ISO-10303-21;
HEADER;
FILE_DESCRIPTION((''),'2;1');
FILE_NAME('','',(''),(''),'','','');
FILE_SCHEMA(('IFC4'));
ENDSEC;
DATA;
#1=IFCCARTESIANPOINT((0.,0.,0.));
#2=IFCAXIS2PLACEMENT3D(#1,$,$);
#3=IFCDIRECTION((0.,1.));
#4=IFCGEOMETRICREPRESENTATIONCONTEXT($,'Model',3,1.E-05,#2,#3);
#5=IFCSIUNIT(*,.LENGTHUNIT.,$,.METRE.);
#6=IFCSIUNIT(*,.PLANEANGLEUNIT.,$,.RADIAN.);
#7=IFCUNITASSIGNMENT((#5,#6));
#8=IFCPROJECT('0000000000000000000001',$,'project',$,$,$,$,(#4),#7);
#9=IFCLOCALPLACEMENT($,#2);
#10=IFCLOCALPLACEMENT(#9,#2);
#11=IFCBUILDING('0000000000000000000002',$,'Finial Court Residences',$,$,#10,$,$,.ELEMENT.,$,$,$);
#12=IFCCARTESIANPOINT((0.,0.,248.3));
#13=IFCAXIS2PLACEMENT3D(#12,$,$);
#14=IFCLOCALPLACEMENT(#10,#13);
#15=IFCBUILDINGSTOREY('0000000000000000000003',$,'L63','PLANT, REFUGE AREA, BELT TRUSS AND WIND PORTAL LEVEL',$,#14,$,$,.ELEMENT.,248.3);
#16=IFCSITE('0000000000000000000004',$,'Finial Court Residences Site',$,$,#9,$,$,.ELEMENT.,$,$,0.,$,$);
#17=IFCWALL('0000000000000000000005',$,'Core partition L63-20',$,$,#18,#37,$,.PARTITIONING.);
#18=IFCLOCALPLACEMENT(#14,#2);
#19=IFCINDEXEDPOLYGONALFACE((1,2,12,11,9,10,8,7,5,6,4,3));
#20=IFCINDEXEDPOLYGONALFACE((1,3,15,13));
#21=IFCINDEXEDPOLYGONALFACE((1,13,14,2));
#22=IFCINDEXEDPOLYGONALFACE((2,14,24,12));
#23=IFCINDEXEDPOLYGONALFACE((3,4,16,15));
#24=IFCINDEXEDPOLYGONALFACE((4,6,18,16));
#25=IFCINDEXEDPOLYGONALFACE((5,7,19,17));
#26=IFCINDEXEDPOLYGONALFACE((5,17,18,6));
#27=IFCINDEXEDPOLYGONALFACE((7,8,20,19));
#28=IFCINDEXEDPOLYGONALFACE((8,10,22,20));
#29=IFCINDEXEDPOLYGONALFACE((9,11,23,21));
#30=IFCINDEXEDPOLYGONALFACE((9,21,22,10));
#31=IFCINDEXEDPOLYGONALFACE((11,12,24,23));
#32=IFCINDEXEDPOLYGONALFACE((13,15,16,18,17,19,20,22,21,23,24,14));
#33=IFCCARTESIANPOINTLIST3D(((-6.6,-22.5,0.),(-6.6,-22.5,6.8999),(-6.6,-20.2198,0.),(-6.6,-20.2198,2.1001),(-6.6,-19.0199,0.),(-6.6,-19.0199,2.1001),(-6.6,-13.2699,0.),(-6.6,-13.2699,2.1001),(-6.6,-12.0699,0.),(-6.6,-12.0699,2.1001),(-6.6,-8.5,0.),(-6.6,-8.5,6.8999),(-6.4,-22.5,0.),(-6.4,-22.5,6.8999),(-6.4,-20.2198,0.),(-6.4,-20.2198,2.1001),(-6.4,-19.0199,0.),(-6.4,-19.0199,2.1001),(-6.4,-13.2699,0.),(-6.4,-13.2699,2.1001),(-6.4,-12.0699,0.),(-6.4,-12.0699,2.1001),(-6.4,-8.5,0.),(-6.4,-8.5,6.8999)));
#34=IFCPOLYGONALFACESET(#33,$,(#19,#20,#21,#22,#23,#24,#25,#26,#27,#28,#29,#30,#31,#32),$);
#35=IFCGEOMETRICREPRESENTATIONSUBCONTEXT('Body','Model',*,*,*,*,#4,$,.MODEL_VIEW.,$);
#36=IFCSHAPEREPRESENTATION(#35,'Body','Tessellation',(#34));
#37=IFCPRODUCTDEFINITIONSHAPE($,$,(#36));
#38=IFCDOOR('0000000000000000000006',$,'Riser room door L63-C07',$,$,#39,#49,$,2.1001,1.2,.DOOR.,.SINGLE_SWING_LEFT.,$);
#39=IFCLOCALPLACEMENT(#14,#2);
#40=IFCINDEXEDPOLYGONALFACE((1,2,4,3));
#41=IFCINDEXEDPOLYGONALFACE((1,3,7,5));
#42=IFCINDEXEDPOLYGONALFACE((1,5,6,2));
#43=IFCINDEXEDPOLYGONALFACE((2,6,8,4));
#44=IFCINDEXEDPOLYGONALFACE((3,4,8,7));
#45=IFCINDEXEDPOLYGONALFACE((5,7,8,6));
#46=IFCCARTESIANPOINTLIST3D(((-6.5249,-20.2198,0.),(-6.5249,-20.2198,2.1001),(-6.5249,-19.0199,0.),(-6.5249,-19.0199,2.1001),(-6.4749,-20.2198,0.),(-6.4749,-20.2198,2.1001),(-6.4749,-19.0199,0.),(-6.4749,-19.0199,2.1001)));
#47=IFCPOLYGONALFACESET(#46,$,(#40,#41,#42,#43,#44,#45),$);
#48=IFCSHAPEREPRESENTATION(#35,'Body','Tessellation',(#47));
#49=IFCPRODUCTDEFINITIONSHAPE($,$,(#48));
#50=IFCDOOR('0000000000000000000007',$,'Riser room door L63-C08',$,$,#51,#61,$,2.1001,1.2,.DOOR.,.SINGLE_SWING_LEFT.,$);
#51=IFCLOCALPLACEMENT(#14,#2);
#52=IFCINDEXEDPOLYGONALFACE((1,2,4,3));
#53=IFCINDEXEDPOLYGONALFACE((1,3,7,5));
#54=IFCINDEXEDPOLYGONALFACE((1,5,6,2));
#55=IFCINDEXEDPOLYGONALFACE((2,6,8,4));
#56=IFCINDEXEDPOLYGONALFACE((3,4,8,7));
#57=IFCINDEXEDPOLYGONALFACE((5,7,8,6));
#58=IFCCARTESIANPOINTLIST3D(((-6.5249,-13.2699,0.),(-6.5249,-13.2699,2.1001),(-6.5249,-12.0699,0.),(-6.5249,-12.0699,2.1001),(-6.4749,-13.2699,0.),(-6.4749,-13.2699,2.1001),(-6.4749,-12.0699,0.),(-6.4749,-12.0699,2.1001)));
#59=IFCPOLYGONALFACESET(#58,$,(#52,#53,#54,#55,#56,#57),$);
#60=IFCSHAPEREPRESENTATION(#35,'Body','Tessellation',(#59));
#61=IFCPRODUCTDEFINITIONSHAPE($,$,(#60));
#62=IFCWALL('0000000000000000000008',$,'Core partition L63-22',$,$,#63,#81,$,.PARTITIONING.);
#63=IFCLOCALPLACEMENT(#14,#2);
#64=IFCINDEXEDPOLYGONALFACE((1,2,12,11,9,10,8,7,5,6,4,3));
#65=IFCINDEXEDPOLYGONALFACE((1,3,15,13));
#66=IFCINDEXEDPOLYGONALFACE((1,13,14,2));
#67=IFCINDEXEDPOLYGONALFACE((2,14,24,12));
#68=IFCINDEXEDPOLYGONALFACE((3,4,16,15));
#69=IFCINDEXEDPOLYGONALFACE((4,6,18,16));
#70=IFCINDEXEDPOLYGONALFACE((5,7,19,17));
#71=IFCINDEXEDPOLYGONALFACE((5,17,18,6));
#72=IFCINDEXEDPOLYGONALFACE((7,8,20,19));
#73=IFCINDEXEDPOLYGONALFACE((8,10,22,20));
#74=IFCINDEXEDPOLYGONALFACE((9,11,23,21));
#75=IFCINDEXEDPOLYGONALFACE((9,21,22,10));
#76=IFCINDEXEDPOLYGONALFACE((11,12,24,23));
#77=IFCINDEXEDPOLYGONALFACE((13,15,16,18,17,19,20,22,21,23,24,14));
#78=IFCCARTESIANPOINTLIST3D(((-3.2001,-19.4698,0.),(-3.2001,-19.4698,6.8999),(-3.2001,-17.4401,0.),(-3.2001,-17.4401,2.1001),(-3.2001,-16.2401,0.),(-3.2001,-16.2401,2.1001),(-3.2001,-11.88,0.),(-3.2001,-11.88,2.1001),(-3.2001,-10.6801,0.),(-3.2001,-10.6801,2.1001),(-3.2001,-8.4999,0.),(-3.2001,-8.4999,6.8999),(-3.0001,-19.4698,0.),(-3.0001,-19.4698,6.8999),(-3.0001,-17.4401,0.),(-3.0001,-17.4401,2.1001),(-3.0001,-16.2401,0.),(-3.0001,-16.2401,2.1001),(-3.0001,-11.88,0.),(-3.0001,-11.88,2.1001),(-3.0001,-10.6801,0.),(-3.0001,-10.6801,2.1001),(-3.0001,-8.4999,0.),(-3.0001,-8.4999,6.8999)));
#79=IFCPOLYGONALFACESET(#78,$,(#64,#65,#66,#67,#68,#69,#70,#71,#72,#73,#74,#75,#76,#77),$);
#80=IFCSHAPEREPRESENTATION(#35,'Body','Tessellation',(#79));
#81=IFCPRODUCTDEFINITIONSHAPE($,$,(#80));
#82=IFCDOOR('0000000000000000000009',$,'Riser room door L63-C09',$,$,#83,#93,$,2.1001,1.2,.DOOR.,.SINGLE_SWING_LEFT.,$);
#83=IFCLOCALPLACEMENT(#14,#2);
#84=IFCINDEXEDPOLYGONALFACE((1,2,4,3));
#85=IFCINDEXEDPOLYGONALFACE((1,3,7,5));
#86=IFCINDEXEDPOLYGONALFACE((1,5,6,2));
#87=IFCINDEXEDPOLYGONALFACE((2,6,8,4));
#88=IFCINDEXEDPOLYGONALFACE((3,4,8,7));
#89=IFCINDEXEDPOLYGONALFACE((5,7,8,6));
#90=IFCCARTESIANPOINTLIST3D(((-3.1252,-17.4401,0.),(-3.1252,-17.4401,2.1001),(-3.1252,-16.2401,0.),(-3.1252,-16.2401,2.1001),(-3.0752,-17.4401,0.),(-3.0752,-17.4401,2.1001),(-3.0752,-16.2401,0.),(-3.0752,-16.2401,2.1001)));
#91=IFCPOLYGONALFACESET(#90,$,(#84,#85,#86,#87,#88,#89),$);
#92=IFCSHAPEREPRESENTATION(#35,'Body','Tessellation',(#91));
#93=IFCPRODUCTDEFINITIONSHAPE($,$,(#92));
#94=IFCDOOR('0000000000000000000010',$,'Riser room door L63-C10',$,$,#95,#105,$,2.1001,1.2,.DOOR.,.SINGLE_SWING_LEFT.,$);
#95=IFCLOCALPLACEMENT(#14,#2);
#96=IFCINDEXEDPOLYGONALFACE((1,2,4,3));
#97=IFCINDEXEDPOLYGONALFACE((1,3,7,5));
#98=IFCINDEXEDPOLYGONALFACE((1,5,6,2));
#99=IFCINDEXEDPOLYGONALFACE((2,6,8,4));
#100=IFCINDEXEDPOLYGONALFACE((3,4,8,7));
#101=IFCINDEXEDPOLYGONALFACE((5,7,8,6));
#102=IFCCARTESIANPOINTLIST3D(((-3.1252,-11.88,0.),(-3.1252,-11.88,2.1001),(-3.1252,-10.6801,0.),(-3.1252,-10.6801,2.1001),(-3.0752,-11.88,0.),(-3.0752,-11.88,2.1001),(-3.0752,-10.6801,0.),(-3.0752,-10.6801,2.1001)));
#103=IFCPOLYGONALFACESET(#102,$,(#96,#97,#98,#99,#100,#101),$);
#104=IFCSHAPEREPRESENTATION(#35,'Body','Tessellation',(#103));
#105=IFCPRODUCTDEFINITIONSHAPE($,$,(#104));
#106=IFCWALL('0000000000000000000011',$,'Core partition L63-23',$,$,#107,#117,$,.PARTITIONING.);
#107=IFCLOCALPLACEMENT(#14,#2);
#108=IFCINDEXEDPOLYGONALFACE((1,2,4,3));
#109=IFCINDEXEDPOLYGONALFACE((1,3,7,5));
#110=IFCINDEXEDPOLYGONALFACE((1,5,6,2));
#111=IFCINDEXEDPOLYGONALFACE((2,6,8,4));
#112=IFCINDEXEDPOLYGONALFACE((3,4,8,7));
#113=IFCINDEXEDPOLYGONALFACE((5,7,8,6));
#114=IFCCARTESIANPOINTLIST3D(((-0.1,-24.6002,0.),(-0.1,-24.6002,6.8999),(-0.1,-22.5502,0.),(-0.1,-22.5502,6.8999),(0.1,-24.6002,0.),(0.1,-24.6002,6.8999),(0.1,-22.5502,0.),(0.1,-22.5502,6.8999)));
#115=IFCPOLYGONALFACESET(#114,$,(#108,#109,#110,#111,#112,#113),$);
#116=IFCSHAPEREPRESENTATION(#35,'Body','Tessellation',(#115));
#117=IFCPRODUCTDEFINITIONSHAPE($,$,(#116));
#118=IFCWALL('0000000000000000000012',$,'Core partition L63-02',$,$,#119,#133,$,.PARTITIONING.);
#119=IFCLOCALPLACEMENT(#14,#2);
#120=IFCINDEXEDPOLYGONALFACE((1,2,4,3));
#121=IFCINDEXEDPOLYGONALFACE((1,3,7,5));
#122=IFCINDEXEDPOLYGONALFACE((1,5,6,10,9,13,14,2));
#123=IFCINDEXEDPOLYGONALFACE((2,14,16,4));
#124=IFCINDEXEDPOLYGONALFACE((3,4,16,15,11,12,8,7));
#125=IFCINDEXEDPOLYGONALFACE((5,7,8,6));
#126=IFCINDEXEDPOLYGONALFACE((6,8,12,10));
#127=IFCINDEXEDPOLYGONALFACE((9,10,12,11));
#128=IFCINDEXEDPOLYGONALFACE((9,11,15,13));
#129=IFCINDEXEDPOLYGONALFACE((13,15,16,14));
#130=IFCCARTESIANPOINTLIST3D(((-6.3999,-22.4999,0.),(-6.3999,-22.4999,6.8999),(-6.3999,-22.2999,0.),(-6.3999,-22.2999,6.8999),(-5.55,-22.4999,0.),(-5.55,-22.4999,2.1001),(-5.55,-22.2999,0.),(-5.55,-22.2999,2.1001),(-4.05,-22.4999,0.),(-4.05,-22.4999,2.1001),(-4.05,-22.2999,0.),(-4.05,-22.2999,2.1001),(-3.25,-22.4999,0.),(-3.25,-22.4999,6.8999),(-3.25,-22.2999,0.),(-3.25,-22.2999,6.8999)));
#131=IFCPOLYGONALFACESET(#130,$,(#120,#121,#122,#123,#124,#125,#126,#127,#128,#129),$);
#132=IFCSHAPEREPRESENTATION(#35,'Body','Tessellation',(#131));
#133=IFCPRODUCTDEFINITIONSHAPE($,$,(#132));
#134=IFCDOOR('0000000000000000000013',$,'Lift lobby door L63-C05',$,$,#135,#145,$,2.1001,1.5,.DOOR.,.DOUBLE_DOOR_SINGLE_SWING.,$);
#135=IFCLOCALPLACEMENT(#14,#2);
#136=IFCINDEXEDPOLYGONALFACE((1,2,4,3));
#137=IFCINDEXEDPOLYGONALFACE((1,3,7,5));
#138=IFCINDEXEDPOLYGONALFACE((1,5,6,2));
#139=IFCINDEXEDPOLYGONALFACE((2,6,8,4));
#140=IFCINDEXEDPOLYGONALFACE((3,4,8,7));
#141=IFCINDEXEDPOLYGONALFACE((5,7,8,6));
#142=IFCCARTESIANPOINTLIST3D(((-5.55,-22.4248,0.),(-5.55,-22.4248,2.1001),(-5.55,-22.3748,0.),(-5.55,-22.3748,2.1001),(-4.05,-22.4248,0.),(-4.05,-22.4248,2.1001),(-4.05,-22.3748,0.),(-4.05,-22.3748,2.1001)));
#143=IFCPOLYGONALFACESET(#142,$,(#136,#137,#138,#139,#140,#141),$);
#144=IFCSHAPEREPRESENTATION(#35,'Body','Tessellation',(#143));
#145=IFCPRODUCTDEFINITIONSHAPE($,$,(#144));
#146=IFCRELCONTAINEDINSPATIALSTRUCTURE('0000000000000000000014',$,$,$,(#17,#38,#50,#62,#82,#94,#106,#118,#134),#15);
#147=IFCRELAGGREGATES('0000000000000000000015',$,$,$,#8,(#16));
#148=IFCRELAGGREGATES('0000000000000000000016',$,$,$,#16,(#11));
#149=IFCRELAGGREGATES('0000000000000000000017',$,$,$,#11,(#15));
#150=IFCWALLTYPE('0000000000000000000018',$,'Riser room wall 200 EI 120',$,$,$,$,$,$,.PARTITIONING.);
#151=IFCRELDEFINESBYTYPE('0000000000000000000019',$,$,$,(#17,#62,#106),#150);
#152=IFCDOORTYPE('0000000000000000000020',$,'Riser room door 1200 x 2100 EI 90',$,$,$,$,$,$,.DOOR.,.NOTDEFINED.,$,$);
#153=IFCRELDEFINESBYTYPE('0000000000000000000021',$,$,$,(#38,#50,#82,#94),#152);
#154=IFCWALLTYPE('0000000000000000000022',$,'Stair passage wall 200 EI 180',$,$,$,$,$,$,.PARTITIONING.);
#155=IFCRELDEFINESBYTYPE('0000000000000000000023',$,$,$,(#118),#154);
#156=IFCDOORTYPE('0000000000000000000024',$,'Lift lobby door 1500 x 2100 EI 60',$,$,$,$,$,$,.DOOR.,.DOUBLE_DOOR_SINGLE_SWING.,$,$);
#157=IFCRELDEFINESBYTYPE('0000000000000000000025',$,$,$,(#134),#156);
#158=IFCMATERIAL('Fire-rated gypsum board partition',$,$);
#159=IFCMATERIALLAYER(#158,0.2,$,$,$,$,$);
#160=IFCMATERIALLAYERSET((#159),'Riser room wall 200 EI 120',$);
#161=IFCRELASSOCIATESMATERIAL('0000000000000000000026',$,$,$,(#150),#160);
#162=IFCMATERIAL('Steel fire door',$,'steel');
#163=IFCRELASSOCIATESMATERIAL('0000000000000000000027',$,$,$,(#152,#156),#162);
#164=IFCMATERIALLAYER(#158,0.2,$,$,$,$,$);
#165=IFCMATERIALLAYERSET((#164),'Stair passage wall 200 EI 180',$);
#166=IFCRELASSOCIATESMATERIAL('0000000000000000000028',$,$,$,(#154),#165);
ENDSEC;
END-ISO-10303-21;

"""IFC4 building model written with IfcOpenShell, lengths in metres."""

from ifc_helpers import new_model, si_unit, direction, frame, frame_2d, origin, place, context, subcontext, project, spatial, rectangle, extrude, material, layer, layer_set, type_object, element, fill, save


model = new_model("IFC4")

# Units and contexts
model_context = context("Model", 3, precision=1e-05, world=origin(), true_north=direction((0.0, 1.0)))
body_context = subcontext(model_context, "Body", "Model", "MODEL_VIEW")
ifc_project = project(units=[si_unit("LENGTHUNIT", "METRE"), si_unit("PLANEANGLEUNIT", "RADIAN")], contexts=[model_context])

# Site, building, storey
site_placement = place(None, origin())
site = spatial("IfcSite", under=ifc_project, at=site_placement, Name="Finial Court Residences Site", CompositionType="ELEMENT", RefElevation=0.0)
building_placement = place(site_placement, origin())
building = spatial("IfcBuilding", under=site, at=building_placement, Name="Finial Court Residences", CompositionType="ELEMENT")
storey_placement = place(building_placement, frame((0.0, 0.0, 248.3)))
storey = spatial("IfcBuildingStorey", under=building, at=storey_placement, Name="L63", Description="PLANT, REFUGE AREA, BELT TRUSS AND WIND PORTAL LEVEL", CompositionType="ELEMENT", Elevation=248.3)

# Shared definitions
ifc_material_1 = material(Name="Steel fire door", Category="steel")

# Shared definitions
ifc_material_2 = material(Name="Fire-rated gypsum board partition")
ifc_layer_1 = layer(ifc_material_2, 0.2)
ifc_layer_set_1 = layer_set([ifc_layer_1], Name="Riser room wall 200 EI 120")
wall_type_1 = type_object("IfcWallType", Name="Riser room wall 200 EI 120", PredefinedType="PARTITIONING", material=ifc_layer_set_1)

# Walls, openings, doors
wall_1_placement = place(storey_placement, frame((-6.5, -22.5, 0.0), z_axis=(0.0, 0.0, 1.0), x_axis=(0.0, 1.0, 0.0)))
wall_1 = element("IfcWall", 1, at=wall_1_placement, inside=storey, type_object=wall_type_1, Name="Core partition L63-20", PredefinedType="PARTITIONING", context=body_context, shape_type="SweptSolid", body=[
    extrude(rectangle(XDim=14.0, YDim=0.2, at=frame_2d((7.0, 0.0))), origin(), (0.0, 0.0, 1.0), 6.8999),
])
opening_1_placement = place(wall_1_placement, frame((2.28, 0.0, 0.0)))
opening_1 = element("IfcOpeningElement", 2, at=opening_1_placement, cuts=wall_1, PredefinedType="OPENING", context=body_context, shape_type="SweptSolid", body=[
    extrude(rectangle(XDim=1.2, YDim=2.1001, at=frame_2d((0.6001, 1.05))), frame((0.0, 0.1099, 0.0), z_axis=(0.0, -1.0, 0.0), x_axis=(1.0, 0.0, 0.0)), (0.0, 0.0, 1.0), 0.22),
])
opening_2_placement = place(wall_1_placement, frame((9.23, 0.0, 0.0)))
opening_2 = element("IfcOpeningElement", 3, at=opening_2_placement, cuts=wall_1, PredefinedType="OPENING", context=body_context, shape_type="SweptSolid", body=[
    extrude(rectangle(XDim=1.2, YDim=2.1001, at=frame_2d((0.6001, 1.05))), frame((0.0, 0.1099, 0.0), z_axis=(0.0, -1.0, 0.0), x_axis=(1.0, 0.0, 0.0)), (0.0, 0.0, 1.0), 0.22),
])
door_type_1 = type_object("IfcDoorType", Name="Riser room door 1200 x 2100 EI 90", OperationType="NOTDEFINED", PredefinedType="DOOR", material=ifc_material_1)
door_1_placement = place(opening_1_placement, origin())
door_1 = element("IfcDoor", 4, at=door_1_placement, inside=storey, type_object=door_type_1, Name="Riser room door L63-C07", OperationType="SINGLE_SWING_LEFT", OverallHeight=2.1001, OverallWidth=1.2, PredefinedType="DOOR", context=body_context, shape_type="SweptSolid", body=[
    extrude(rectangle(XDim=1.2, YDim=2.1001, at=frame_2d((0.6001, 1.05))), frame((0.0, 0.0249, 0.0), z_axis=(0.0, -1.0, 0.0), x_axis=(1.0, 0.0, 0.0)), (0.0, 0.0, 1.0), 0.05),
])
fill(opening_1, door_1)
door_2_placement = place(opening_2_placement, origin())
door_2 = element("IfcDoor", 5, at=door_2_placement, inside=storey, type_object=door_type_1, Name="Riser room door L63-C08", OperationType="SINGLE_SWING_LEFT", OverallHeight=2.1001, OverallWidth=1.2, PredefinedType="DOOR", context=body_context, shape_type="SweptSolid", body=[
    extrude(rectangle(XDim=1.2, YDim=2.1001, at=frame_2d((0.6001, 1.05))), frame((0.0, 0.0249, 0.0), z_axis=(0.0, -1.0, 0.0), x_axis=(1.0, 0.0, 0.0)), (0.0, 0.0, 1.0), 0.05),
])
fill(opening_2, door_2)
wall_2_placement = place(storey_placement, frame((-3.1001, -8.5, 0.0), z_axis=(0.0, 0.0, 1.0), x_axis=(0.0, -1.0, 0.0)))
wall_2 = element("IfcWall", 6, at=wall_2_placement, inside=storey, type_object=wall_type_1, Name="Core partition L63-22", PredefinedType="PARTITIONING", context=body_context, shape_type="SweptSolid", body=[
    extrude(rectangle(XDim=10.97, YDim=0.2, at=frame_2d((5.4849, 0.0))), origin(), (0.0, 0.0, 1.0), 6.8999),
])
opening_3_placement = place(wall_2_placement, frame((7.74, 0.0, 0.0)))
opening_3 = element("IfcOpeningElement", 7, at=opening_3_placement, cuts=wall_2, PredefinedType="OPENING", context=body_context, shape_type="SweptSolid", body=[
    extrude(rectangle(XDim=1.2, YDim=2.1001, at=frame_2d((0.6001, 1.05))), frame((0.0, 0.1099, 0.0), z_axis=(0.0, -1.0, 0.0), x_axis=(1.0, 0.0, 0.0)), (0.0, 0.0, 1.0), 0.22),
])
opening_4_placement = place(wall_2_placement, frame((2.1799, 0.0, 0.0)))
opening_4 = element("IfcOpeningElement", 8, at=opening_4_placement, cuts=wall_2, PredefinedType="OPENING", context=body_context, shape_type="SweptSolid", body=[
    extrude(rectangle(XDim=1.2, YDim=2.1001, at=frame_2d((0.6001, 1.05))), frame((0.0, 0.1099, 0.0), z_axis=(0.0, -1.0, 0.0), x_axis=(1.0, 0.0, 0.0)), (0.0, 0.0, 1.0), 0.22),
])
door_3_placement = place(opening_3_placement, origin())
door_3 = element("IfcDoor", 9, at=door_3_placement, inside=storey, type_object=door_type_1, Name="Riser room door L63-C09", OperationType="SINGLE_SWING_LEFT", OverallHeight=2.1001, OverallWidth=1.2, PredefinedType="DOOR", context=body_context, shape_type="SweptSolid", body=[
    extrude(rectangle(XDim=1.2, YDim=2.1001, at=frame_2d((0.6001, 1.05))), frame((0.0, 0.0249, 0.0), z_axis=(0.0, -1.0, 0.0), x_axis=(1.0, 0.0, 0.0)), (0.0, 0.0, 1.0), 0.05),
])
fill(opening_3, door_3)
door_4_placement = place(opening_4_placement, origin())
door_4 = element("IfcDoor", 10, at=door_4_placement, inside=storey, type_object=door_type_1, Name="Riser room door L63-C10", OperationType="SINGLE_SWING_LEFT", OverallHeight=2.1001, OverallWidth=1.2, PredefinedType="DOOR", context=body_context, shape_type="SweptSolid", body=[
    extrude(rectangle(XDim=1.2, YDim=2.1001, at=frame_2d((0.6001, 1.05))), frame((0.0, 0.0249, 0.0), z_axis=(0.0, -1.0, 0.0), x_axis=(1.0, 0.0, 0.0)), (0.0, 0.0, 1.0), 0.05),
])
fill(opening_4, door_4)

# Wall
wall_3_placement = place(storey_placement, frame((0.0, -24.6001, 0.0), z_axis=(0.0, 0.0, 1.0), x_axis=(0.0, 1.0, 0.0)))
element("IfcWall", 11, at=wall_3_placement, inside=storey, type_object=wall_type_1, Name="Core partition L63-23", PredefinedType="PARTITIONING", context=body_context, shape_type="SweptSolid", body=[
    extrude(rectangle(XDim=2.05, YDim=0.2, at=frame_2d((1.0249, 0.0))), origin(), (0.0, 0.0, 1.0), 6.8999),
])

# Wall, opening, door
ifc_layer_2 = layer(ifc_material_2, 0.2)
ifc_layer_set_2 = layer_set([ifc_layer_2], Name="Stair passage wall 200 EI 180")
wall_type_2 = type_object("IfcWallType", Name="Stair passage wall 200 EI 180", PredefinedType="PARTITIONING", material=ifc_layer_set_2)
wall_4_placement = place(storey_placement, frame((-3.25, -22.3999, 0.0), z_axis=(0.0, 0.0, 1.0), x_axis=(-1.0, 0.0, 0.0)))
wall_4 = element("IfcWall", 12, at=wall_4_placement, inside=storey, type_object=wall_type_2, Name="Core partition L63-02", PredefinedType="PARTITIONING", context=body_context, shape_type="SweptSolid", body=[
    extrude(rectangle(XDim=3.1499, YDim=0.2, at=frame_2d((1.575, 0.0))), origin(), (0.0, 0.0, 1.0), 6.8999),
])
opening_5_placement = place(wall_4_placement, frame((0.8, 0.0, 0.0)))
opening_5 = element("IfcOpeningElement", 13, at=opening_5_placement, cuts=wall_4, PredefinedType="OPENING", context=body_context, shape_type="SweptSolid", body=[
    extrude(rectangle(XDim=1.5, YDim=2.1001, at=frame_2d((0.75, 1.05))), frame((0.0, 0.1099, 0.0), z_axis=(0.0, -1.0, 0.0), x_axis=(1.0, 0.0, 0.0)), (0.0, 0.0, 1.0), 0.22),
])
door_type_2 = type_object("IfcDoorType", Name="Lift lobby door 1500 x 2100 EI 60", OperationType="DOUBLE_DOOR_SINGLE_SWING", PredefinedType="DOOR", material=ifc_material_1)
door_5_placement = place(opening_5_placement, origin())
door_5 = element("IfcDoor", 14, at=door_5_placement, inside=storey, type_object=door_type_2, Name="Lift lobby door L63-C05", OperationType="DOUBLE_DOOR_SINGLE_SWING", OverallHeight=2.1001, OverallWidth=1.5, PredefinedType="DOOR", context=body_context, shape_type="SweptSolid", body=[
    extrude(rectangle(XDim=1.5, YDim=2.1001, at=frame_2d((0.75, 1.05))), frame((0.0, 0.0249, 0.0), z_axis=(0.0, -1.0, 0.0), x_axis=(1.0, 0.0, 0.0)), (0.0, 0.0, 1.0), 0.05),
])
fill(opening_5, door_5)

save(model, "model.ifc")
